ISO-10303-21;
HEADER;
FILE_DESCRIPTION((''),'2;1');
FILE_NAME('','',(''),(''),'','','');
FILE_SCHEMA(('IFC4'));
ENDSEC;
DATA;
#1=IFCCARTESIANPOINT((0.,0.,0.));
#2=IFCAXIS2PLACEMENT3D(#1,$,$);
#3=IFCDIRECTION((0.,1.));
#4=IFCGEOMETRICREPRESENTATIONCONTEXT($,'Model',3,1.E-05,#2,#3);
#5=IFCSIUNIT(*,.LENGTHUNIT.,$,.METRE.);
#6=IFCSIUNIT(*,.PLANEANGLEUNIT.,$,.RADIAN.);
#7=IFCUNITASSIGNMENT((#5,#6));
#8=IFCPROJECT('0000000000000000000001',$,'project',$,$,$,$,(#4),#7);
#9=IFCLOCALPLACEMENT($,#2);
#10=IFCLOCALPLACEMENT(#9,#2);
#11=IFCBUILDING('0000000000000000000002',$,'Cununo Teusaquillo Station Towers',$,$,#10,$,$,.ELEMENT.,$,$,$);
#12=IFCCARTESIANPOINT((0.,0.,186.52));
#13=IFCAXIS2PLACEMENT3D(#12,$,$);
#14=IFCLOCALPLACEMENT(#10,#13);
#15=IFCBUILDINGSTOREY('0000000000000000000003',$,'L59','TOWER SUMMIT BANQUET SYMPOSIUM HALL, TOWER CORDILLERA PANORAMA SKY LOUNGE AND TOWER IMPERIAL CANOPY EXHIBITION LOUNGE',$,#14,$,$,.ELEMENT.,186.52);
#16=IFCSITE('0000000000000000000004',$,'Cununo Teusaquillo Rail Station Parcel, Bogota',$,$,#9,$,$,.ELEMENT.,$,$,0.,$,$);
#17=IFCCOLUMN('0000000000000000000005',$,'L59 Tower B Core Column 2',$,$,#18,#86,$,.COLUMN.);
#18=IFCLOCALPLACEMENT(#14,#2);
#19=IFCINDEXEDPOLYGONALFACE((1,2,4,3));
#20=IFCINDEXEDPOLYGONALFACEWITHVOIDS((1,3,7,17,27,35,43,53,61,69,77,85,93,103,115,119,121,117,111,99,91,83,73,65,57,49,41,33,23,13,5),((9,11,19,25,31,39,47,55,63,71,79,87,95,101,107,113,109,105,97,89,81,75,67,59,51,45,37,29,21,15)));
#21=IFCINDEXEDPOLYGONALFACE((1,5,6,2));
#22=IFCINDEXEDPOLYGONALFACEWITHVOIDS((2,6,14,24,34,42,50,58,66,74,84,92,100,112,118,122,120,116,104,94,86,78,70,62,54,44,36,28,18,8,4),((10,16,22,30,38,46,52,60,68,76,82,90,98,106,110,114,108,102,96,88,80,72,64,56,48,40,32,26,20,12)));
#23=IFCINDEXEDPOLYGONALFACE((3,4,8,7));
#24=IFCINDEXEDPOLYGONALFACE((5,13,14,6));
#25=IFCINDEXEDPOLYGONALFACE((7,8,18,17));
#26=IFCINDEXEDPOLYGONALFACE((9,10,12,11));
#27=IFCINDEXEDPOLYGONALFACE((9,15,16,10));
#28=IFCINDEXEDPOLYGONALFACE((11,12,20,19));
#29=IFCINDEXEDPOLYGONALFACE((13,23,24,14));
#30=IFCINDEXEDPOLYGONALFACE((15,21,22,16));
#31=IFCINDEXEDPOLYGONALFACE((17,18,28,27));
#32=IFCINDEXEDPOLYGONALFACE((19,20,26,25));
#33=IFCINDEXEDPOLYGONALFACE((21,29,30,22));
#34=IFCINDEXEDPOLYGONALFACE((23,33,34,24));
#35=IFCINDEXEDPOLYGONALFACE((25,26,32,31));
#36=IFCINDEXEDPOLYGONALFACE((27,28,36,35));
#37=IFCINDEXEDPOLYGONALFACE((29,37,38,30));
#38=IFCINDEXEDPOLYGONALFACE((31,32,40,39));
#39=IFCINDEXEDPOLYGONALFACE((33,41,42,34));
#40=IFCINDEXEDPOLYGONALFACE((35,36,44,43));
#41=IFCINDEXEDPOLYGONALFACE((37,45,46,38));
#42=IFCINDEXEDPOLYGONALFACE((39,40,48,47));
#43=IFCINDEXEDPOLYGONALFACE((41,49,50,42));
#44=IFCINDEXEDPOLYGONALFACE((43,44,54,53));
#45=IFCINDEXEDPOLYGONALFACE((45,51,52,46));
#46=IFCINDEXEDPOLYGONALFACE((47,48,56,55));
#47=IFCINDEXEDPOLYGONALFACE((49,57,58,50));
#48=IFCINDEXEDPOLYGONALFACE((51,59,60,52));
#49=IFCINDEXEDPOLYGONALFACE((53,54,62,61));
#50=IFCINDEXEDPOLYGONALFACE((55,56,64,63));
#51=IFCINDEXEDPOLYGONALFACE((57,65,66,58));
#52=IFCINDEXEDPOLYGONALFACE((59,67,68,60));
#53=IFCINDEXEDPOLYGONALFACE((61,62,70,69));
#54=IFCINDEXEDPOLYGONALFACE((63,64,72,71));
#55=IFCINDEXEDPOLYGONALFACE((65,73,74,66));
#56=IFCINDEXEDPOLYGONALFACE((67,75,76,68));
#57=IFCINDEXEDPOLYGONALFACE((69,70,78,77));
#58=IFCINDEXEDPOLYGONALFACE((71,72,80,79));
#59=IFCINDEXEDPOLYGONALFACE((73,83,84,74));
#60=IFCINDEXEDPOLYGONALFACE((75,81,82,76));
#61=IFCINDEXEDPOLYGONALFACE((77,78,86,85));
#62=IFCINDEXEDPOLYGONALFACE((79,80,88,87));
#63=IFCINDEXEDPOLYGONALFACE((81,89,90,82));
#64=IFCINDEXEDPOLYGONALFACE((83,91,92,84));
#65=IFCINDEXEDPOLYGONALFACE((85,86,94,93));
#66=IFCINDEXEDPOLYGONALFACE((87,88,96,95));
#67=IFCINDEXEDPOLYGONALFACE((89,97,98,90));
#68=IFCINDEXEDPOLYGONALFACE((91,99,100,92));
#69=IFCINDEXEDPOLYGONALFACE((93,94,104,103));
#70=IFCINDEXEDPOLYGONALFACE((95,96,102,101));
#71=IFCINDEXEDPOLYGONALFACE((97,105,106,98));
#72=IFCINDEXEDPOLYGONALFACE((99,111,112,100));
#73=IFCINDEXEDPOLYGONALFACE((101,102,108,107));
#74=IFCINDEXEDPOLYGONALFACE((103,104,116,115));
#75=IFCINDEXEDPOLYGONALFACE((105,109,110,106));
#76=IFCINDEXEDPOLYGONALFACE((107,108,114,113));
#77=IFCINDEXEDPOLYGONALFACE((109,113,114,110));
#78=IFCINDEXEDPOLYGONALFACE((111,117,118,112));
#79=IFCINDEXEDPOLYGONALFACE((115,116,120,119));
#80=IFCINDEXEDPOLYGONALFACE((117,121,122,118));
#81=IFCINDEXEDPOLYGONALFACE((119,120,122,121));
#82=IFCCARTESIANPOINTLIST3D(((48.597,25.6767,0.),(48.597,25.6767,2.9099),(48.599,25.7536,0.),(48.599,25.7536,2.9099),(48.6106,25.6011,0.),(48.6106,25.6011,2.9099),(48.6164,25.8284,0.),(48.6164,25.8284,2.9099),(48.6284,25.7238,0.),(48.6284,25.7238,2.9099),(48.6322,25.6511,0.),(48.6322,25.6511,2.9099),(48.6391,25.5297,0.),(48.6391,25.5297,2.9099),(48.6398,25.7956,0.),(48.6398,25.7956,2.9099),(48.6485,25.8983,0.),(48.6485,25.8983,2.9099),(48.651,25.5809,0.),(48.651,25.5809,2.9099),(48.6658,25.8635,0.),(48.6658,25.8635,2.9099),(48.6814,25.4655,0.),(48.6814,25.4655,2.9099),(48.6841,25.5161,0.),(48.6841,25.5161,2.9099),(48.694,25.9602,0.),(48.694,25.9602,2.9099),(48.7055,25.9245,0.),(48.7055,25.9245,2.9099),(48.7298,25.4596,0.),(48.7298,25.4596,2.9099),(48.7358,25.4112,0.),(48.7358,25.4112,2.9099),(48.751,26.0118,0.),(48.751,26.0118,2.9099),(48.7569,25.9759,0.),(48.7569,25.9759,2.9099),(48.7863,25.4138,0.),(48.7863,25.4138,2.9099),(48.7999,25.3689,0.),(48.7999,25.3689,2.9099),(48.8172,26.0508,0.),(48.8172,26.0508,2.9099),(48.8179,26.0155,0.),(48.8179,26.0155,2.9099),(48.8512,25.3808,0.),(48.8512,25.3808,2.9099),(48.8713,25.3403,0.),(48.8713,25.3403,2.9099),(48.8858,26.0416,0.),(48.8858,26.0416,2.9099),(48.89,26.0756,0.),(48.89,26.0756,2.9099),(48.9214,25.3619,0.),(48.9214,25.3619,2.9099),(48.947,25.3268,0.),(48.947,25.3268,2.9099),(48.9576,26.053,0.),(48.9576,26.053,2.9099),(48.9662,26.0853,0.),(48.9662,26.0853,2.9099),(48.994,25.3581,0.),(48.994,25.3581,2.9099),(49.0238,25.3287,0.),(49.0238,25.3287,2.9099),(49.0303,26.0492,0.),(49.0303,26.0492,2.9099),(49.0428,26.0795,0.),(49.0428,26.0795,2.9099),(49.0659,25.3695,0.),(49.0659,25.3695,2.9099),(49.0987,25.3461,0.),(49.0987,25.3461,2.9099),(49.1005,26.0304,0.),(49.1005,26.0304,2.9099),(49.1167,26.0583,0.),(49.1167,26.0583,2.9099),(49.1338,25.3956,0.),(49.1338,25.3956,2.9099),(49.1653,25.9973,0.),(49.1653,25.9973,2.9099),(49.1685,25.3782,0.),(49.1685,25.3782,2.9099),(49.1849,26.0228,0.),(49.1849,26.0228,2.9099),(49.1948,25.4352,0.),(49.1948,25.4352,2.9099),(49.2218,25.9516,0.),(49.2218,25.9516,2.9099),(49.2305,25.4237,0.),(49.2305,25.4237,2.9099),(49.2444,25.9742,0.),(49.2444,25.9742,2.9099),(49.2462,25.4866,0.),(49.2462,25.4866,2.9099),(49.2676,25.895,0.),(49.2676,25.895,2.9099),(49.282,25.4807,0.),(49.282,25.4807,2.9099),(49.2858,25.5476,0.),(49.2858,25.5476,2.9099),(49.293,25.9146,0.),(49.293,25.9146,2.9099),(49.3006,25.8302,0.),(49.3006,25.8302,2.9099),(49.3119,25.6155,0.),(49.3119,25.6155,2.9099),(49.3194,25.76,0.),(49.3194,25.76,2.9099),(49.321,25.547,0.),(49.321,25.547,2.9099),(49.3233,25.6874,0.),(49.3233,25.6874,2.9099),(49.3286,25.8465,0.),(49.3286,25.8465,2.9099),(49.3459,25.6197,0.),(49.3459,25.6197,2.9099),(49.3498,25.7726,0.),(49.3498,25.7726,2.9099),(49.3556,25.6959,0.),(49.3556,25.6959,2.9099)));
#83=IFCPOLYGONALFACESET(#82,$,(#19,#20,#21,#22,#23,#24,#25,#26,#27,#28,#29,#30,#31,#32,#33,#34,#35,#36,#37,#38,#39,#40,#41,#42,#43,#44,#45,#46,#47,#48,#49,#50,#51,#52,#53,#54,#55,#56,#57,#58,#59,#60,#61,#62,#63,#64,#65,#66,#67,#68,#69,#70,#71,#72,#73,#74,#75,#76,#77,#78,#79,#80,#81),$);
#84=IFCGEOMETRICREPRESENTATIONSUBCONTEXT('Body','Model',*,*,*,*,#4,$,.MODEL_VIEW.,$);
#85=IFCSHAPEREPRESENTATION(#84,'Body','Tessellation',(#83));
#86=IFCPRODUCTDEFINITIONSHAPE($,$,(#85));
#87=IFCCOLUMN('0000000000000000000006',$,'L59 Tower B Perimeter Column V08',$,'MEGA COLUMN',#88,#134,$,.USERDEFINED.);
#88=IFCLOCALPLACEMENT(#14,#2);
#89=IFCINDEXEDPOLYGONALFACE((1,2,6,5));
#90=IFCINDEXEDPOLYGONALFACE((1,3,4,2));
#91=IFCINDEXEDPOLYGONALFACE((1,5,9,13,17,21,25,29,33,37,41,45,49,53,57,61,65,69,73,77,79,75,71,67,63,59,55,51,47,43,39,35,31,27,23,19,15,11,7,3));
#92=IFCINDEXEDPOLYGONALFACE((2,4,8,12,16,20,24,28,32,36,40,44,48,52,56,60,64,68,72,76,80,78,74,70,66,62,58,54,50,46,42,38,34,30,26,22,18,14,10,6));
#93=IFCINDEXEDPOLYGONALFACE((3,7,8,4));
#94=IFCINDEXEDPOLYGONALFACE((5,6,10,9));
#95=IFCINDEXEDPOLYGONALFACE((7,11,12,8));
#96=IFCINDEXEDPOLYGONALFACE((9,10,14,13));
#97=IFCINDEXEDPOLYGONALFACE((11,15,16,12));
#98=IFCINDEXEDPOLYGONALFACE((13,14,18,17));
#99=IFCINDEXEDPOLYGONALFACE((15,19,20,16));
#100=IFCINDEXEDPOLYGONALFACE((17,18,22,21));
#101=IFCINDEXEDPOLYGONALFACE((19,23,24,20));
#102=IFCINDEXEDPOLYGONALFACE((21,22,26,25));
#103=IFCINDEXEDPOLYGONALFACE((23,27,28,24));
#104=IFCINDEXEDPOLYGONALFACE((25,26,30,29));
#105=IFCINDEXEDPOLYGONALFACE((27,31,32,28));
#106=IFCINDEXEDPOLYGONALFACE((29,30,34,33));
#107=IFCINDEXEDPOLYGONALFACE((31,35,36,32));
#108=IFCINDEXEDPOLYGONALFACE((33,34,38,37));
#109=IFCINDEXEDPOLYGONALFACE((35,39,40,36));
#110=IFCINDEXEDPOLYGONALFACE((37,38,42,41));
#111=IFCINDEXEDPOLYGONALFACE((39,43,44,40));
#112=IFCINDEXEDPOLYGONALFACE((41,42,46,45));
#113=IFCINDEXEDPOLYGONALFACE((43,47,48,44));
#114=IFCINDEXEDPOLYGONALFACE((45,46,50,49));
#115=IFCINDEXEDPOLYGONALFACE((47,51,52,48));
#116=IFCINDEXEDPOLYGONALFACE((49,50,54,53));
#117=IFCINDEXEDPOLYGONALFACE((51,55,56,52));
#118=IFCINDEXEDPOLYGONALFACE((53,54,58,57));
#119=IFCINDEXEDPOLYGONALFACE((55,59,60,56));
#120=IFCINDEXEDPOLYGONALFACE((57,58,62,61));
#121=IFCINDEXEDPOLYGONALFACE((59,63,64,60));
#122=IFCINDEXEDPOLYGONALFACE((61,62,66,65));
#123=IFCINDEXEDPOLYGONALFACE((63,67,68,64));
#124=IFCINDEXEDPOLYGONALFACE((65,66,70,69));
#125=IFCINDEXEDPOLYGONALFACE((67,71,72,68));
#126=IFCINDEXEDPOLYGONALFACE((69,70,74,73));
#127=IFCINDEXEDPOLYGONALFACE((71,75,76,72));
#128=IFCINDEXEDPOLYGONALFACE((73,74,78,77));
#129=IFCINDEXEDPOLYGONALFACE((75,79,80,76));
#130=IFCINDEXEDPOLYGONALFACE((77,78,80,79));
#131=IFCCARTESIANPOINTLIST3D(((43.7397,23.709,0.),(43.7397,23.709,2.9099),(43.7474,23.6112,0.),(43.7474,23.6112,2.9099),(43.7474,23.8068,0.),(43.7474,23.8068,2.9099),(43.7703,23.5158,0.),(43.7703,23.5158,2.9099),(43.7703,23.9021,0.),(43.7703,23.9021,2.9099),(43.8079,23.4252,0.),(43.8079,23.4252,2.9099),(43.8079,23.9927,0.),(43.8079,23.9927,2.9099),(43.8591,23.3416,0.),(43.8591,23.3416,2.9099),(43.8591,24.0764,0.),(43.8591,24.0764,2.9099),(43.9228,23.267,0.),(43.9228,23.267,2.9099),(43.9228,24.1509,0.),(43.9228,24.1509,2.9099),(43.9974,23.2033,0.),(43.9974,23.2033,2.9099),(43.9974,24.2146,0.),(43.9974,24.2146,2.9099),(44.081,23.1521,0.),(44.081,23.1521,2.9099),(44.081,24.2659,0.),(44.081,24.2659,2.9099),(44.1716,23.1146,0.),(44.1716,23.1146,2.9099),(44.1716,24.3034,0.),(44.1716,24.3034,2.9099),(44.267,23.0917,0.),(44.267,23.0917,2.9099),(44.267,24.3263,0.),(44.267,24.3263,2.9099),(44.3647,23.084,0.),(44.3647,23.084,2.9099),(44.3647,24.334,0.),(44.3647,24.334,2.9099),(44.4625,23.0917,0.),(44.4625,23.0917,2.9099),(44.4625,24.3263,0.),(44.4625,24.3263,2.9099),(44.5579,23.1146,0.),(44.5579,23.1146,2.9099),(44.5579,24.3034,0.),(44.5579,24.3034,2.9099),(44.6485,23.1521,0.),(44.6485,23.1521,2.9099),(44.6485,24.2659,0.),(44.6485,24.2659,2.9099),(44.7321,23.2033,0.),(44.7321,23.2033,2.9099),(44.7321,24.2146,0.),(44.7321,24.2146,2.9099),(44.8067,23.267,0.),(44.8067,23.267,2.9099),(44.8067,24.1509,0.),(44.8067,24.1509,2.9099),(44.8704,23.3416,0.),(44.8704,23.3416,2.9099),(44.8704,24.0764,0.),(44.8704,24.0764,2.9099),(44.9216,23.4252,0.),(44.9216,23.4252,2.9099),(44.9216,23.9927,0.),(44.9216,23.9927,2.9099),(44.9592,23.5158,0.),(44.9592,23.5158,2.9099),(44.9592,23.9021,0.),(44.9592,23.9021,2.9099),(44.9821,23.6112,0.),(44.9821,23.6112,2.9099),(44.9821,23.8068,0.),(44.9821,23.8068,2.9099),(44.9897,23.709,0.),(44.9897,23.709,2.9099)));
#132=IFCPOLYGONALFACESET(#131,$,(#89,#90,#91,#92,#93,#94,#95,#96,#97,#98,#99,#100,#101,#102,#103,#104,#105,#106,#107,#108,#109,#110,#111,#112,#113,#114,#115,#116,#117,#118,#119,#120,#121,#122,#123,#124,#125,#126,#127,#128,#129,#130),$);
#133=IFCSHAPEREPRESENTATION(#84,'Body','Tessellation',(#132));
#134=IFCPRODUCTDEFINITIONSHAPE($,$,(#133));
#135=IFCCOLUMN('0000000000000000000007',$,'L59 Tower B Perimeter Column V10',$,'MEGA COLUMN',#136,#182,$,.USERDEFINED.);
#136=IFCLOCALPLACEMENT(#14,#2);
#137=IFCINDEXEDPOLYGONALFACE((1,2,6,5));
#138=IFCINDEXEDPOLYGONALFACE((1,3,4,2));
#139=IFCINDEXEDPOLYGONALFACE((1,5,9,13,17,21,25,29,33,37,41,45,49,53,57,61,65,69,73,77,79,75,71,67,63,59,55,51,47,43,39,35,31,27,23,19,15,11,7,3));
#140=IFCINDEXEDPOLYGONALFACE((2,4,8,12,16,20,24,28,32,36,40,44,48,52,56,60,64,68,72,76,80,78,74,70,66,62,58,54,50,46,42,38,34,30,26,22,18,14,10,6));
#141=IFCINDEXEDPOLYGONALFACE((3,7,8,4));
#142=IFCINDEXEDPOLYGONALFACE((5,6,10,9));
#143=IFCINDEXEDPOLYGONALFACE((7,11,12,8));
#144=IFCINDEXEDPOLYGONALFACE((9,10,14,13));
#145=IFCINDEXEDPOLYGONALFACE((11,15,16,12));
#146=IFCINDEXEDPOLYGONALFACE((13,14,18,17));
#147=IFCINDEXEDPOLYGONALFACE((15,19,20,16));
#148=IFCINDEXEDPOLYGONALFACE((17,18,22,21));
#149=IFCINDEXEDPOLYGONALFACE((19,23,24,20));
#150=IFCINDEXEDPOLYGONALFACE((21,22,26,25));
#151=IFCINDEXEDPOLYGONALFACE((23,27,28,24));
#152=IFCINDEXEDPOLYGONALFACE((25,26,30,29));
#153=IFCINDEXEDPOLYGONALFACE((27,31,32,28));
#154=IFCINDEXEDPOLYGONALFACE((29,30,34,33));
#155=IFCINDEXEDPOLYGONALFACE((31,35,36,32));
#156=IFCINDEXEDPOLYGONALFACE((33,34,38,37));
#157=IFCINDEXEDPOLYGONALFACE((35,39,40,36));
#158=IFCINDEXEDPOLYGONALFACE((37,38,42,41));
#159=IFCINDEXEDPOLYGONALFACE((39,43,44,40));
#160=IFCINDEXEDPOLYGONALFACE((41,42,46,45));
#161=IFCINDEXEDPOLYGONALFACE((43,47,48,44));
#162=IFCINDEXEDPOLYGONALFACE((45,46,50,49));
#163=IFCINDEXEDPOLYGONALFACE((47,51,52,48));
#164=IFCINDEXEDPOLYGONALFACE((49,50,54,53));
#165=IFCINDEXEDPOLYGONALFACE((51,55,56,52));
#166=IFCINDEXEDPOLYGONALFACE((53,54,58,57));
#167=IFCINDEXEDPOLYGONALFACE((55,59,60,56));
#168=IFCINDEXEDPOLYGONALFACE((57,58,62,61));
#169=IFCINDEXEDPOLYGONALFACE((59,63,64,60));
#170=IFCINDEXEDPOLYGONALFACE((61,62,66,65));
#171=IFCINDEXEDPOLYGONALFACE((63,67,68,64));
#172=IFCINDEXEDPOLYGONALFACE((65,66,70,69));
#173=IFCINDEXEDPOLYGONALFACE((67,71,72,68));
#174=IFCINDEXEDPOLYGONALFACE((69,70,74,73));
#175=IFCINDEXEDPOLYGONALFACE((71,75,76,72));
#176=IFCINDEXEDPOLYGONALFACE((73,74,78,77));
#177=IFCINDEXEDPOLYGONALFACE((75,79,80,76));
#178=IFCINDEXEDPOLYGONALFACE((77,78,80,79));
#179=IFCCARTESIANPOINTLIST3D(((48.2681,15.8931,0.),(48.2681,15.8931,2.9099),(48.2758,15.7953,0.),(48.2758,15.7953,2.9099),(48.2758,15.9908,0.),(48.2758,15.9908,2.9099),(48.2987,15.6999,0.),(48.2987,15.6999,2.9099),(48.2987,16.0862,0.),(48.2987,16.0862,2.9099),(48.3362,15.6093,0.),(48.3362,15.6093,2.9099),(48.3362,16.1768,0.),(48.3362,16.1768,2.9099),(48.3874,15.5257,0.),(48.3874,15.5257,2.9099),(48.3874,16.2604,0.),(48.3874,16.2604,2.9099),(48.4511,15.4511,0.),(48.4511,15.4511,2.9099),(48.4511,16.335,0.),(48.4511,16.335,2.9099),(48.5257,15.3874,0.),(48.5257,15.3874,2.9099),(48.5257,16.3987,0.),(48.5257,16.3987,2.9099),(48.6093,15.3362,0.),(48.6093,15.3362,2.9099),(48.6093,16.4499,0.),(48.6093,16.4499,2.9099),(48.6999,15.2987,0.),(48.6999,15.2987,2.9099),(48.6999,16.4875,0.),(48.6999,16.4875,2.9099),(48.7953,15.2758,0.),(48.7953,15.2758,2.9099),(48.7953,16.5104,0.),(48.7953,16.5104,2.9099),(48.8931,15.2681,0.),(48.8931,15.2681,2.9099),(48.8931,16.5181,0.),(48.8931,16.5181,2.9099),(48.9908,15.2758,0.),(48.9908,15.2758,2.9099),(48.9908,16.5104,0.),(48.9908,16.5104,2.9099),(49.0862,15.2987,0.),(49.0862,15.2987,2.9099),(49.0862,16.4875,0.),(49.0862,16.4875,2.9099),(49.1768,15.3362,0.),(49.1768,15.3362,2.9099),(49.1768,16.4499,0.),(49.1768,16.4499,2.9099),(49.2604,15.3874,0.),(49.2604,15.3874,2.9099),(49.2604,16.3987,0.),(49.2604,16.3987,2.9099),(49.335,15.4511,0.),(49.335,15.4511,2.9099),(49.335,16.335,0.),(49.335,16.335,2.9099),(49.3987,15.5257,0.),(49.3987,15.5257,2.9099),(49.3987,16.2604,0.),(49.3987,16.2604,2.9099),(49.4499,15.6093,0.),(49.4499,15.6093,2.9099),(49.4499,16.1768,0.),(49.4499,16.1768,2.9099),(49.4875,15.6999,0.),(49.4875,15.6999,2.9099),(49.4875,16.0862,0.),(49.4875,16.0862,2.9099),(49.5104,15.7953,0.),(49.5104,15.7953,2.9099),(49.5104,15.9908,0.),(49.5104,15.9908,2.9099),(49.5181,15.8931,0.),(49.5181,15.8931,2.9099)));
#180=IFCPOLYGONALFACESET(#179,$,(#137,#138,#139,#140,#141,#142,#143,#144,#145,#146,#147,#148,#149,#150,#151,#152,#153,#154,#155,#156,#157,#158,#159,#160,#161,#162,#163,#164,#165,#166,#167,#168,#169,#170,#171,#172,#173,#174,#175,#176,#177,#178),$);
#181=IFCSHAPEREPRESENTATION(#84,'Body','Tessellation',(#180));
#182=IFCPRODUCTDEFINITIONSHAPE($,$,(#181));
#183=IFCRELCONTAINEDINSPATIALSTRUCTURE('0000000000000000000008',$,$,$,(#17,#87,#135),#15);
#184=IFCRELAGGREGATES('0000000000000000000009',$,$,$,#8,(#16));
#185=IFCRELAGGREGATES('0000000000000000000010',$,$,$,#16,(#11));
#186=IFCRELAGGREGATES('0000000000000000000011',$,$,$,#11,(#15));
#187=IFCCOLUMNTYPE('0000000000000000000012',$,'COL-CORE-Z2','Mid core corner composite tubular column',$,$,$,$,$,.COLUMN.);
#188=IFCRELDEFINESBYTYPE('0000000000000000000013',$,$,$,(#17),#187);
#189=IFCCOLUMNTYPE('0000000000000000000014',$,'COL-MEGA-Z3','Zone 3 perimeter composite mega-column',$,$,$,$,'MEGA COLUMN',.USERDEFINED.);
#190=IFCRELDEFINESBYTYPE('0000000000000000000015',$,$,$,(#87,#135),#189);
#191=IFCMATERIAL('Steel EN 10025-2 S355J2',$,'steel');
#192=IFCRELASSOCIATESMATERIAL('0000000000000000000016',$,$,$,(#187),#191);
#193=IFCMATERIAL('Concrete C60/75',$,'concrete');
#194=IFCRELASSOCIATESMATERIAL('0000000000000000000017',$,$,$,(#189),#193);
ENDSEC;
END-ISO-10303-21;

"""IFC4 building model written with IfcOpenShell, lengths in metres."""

from ifc_helpers import new_model, si_unit, direction, frame, origin, origin_2d, place, context, subcontext, project, spatial, circle, hollow_circle, extrude, material, material_profile, profile_set, type_object, element, save


model = new_model("IFC4")

# Units and contexts
model_context = context("Model", 3, precision=1e-05, world=origin(), true_north=direction((0.0, 1.0)))
body_context = subcontext(model_context, "Body", "Model", "MODEL_VIEW")
ifc_project = project(units=[si_unit("LENGTHUNIT", "METRE"), si_unit("PLANEANGLEUNIT", "RADIAN")], contexts=[model_context])

# Site, building, storey
site_placement = place(None, origin())
site = spatial("IfcSite", under=ifc_project, at=site_placement, Name="Cununo Teusaquillo Rail Station Parcel, Bogota", CompositionType="ELEMENT", RefElevation=0.0)
building_placement = place(site_placement, origin())
building = spatial("IfcBuilding", under=site, at=building_placement, Name="Cununo Teusaquillo Station Towers", CompositionType="ELEMENT")
storey_placement = place(building_placement, frame((0.0, 0.0, 186.52)))
storey = spatial("IfcBuildingStorey", under=building, at=storey_placement, Name="L59", Description="TOWER SUMMIT BANQUET SYMPOSIUM HALL, TOWER CORDILLERA PANORAMA SKY LOUNGE AND TOWER IMPERIAL CANOPY EXHIBITION LOUNGE", CompositionType="ELEMENT", Elevation=186.52)

# Columns
ifc_material_1 = material(Name="Steel EN 10025-2 S355J2", Category="steel")
ifc_material_profile_1 = material_profile(ifc_material_1, hollow_circle(Radius=0.3799, WallThickness=0.032, at=origin_2d()), Name="CHS 760x32")
ifc_profile_set_1 = profile_set([ifc_material_profile_1], Name="Steel EN 10025-2 S355J2")
column_type_1 = type_object("IfcColumnType", Name="COL-CORE-Z2", Description="Mid core corner composite tubular column", PredefinedType="COLUMN", material=ifc_profile_set_1)
column_placement = place(storey_placement, frame((48.9758, 25.7056, 0.0), z_axis=(0.0, 0.0, 1.0), x_axis=(0.707107, 0.707107, 0.0)))
element("IfcColumn", 1, at=column_placement, inside=storey, type_object=column_type_1, Name="L59 Tower B Core Column 2", PredefinedType="COLUMN", context=body_context, shape_type="SweptSolid", body=[
    extrude(hollow_circle(Radius=0.3799, WallThickness=0.032, at=origin_2d()), origin(), (0.0, 0.0, 1.0), 2.9099),
])
ifc_material_2 = material(Name="Concrete C60/75", Category="concrete")
ifc_material_profile_2 = material_profile(ifc_material_2, circle(Radius=0.625, at=origin_2d()), Name="RC-CIRC-1250")
ifc_profile_set_2 = profile_set([ifc_material_profile_2], Name="Concrete C60/75")
column_type_2 = type_object("IfcColumnType", Name="COL-MEGA-Z3", Description="Zone 3 perimeter composite mega-column", ElementType="MEGA COLUMN", PredefinedType="USERDEFINED", material=ifc_profile_set_2)
for number, where, z_axis, x_axis, name in (
    (2, (44.3647, 23.709, 0.0), (0.0, 0.0, 1.0), (1.0, 0.0, 0.0), "L59 Tower B Perimeter Column V08"),
    (3, (48.8931, 15.8931, 0.0), (0.0, 0.0, 1.0), (1.0, 0.0, 0.0), "L59 Tower B Perimeter Column V10"),
):
    element("IfcColumn", number, at=place(storey_placement, frame(where, z_axis=z_axis, x_axis=x_axis)), inside=storey, type_object=column_type_2, Name=name, ObjectType="MEGA COLUMN", PredefinedType="USERDEFINED", context=body_context, shape_type="SweptSolid", body=[
        extrude(circle(Radius=0.625, at=origin_2d()), origin(), (0.0, 0.0, 1.0), 2.9099),
    ])

save(model, "model.ifc")
